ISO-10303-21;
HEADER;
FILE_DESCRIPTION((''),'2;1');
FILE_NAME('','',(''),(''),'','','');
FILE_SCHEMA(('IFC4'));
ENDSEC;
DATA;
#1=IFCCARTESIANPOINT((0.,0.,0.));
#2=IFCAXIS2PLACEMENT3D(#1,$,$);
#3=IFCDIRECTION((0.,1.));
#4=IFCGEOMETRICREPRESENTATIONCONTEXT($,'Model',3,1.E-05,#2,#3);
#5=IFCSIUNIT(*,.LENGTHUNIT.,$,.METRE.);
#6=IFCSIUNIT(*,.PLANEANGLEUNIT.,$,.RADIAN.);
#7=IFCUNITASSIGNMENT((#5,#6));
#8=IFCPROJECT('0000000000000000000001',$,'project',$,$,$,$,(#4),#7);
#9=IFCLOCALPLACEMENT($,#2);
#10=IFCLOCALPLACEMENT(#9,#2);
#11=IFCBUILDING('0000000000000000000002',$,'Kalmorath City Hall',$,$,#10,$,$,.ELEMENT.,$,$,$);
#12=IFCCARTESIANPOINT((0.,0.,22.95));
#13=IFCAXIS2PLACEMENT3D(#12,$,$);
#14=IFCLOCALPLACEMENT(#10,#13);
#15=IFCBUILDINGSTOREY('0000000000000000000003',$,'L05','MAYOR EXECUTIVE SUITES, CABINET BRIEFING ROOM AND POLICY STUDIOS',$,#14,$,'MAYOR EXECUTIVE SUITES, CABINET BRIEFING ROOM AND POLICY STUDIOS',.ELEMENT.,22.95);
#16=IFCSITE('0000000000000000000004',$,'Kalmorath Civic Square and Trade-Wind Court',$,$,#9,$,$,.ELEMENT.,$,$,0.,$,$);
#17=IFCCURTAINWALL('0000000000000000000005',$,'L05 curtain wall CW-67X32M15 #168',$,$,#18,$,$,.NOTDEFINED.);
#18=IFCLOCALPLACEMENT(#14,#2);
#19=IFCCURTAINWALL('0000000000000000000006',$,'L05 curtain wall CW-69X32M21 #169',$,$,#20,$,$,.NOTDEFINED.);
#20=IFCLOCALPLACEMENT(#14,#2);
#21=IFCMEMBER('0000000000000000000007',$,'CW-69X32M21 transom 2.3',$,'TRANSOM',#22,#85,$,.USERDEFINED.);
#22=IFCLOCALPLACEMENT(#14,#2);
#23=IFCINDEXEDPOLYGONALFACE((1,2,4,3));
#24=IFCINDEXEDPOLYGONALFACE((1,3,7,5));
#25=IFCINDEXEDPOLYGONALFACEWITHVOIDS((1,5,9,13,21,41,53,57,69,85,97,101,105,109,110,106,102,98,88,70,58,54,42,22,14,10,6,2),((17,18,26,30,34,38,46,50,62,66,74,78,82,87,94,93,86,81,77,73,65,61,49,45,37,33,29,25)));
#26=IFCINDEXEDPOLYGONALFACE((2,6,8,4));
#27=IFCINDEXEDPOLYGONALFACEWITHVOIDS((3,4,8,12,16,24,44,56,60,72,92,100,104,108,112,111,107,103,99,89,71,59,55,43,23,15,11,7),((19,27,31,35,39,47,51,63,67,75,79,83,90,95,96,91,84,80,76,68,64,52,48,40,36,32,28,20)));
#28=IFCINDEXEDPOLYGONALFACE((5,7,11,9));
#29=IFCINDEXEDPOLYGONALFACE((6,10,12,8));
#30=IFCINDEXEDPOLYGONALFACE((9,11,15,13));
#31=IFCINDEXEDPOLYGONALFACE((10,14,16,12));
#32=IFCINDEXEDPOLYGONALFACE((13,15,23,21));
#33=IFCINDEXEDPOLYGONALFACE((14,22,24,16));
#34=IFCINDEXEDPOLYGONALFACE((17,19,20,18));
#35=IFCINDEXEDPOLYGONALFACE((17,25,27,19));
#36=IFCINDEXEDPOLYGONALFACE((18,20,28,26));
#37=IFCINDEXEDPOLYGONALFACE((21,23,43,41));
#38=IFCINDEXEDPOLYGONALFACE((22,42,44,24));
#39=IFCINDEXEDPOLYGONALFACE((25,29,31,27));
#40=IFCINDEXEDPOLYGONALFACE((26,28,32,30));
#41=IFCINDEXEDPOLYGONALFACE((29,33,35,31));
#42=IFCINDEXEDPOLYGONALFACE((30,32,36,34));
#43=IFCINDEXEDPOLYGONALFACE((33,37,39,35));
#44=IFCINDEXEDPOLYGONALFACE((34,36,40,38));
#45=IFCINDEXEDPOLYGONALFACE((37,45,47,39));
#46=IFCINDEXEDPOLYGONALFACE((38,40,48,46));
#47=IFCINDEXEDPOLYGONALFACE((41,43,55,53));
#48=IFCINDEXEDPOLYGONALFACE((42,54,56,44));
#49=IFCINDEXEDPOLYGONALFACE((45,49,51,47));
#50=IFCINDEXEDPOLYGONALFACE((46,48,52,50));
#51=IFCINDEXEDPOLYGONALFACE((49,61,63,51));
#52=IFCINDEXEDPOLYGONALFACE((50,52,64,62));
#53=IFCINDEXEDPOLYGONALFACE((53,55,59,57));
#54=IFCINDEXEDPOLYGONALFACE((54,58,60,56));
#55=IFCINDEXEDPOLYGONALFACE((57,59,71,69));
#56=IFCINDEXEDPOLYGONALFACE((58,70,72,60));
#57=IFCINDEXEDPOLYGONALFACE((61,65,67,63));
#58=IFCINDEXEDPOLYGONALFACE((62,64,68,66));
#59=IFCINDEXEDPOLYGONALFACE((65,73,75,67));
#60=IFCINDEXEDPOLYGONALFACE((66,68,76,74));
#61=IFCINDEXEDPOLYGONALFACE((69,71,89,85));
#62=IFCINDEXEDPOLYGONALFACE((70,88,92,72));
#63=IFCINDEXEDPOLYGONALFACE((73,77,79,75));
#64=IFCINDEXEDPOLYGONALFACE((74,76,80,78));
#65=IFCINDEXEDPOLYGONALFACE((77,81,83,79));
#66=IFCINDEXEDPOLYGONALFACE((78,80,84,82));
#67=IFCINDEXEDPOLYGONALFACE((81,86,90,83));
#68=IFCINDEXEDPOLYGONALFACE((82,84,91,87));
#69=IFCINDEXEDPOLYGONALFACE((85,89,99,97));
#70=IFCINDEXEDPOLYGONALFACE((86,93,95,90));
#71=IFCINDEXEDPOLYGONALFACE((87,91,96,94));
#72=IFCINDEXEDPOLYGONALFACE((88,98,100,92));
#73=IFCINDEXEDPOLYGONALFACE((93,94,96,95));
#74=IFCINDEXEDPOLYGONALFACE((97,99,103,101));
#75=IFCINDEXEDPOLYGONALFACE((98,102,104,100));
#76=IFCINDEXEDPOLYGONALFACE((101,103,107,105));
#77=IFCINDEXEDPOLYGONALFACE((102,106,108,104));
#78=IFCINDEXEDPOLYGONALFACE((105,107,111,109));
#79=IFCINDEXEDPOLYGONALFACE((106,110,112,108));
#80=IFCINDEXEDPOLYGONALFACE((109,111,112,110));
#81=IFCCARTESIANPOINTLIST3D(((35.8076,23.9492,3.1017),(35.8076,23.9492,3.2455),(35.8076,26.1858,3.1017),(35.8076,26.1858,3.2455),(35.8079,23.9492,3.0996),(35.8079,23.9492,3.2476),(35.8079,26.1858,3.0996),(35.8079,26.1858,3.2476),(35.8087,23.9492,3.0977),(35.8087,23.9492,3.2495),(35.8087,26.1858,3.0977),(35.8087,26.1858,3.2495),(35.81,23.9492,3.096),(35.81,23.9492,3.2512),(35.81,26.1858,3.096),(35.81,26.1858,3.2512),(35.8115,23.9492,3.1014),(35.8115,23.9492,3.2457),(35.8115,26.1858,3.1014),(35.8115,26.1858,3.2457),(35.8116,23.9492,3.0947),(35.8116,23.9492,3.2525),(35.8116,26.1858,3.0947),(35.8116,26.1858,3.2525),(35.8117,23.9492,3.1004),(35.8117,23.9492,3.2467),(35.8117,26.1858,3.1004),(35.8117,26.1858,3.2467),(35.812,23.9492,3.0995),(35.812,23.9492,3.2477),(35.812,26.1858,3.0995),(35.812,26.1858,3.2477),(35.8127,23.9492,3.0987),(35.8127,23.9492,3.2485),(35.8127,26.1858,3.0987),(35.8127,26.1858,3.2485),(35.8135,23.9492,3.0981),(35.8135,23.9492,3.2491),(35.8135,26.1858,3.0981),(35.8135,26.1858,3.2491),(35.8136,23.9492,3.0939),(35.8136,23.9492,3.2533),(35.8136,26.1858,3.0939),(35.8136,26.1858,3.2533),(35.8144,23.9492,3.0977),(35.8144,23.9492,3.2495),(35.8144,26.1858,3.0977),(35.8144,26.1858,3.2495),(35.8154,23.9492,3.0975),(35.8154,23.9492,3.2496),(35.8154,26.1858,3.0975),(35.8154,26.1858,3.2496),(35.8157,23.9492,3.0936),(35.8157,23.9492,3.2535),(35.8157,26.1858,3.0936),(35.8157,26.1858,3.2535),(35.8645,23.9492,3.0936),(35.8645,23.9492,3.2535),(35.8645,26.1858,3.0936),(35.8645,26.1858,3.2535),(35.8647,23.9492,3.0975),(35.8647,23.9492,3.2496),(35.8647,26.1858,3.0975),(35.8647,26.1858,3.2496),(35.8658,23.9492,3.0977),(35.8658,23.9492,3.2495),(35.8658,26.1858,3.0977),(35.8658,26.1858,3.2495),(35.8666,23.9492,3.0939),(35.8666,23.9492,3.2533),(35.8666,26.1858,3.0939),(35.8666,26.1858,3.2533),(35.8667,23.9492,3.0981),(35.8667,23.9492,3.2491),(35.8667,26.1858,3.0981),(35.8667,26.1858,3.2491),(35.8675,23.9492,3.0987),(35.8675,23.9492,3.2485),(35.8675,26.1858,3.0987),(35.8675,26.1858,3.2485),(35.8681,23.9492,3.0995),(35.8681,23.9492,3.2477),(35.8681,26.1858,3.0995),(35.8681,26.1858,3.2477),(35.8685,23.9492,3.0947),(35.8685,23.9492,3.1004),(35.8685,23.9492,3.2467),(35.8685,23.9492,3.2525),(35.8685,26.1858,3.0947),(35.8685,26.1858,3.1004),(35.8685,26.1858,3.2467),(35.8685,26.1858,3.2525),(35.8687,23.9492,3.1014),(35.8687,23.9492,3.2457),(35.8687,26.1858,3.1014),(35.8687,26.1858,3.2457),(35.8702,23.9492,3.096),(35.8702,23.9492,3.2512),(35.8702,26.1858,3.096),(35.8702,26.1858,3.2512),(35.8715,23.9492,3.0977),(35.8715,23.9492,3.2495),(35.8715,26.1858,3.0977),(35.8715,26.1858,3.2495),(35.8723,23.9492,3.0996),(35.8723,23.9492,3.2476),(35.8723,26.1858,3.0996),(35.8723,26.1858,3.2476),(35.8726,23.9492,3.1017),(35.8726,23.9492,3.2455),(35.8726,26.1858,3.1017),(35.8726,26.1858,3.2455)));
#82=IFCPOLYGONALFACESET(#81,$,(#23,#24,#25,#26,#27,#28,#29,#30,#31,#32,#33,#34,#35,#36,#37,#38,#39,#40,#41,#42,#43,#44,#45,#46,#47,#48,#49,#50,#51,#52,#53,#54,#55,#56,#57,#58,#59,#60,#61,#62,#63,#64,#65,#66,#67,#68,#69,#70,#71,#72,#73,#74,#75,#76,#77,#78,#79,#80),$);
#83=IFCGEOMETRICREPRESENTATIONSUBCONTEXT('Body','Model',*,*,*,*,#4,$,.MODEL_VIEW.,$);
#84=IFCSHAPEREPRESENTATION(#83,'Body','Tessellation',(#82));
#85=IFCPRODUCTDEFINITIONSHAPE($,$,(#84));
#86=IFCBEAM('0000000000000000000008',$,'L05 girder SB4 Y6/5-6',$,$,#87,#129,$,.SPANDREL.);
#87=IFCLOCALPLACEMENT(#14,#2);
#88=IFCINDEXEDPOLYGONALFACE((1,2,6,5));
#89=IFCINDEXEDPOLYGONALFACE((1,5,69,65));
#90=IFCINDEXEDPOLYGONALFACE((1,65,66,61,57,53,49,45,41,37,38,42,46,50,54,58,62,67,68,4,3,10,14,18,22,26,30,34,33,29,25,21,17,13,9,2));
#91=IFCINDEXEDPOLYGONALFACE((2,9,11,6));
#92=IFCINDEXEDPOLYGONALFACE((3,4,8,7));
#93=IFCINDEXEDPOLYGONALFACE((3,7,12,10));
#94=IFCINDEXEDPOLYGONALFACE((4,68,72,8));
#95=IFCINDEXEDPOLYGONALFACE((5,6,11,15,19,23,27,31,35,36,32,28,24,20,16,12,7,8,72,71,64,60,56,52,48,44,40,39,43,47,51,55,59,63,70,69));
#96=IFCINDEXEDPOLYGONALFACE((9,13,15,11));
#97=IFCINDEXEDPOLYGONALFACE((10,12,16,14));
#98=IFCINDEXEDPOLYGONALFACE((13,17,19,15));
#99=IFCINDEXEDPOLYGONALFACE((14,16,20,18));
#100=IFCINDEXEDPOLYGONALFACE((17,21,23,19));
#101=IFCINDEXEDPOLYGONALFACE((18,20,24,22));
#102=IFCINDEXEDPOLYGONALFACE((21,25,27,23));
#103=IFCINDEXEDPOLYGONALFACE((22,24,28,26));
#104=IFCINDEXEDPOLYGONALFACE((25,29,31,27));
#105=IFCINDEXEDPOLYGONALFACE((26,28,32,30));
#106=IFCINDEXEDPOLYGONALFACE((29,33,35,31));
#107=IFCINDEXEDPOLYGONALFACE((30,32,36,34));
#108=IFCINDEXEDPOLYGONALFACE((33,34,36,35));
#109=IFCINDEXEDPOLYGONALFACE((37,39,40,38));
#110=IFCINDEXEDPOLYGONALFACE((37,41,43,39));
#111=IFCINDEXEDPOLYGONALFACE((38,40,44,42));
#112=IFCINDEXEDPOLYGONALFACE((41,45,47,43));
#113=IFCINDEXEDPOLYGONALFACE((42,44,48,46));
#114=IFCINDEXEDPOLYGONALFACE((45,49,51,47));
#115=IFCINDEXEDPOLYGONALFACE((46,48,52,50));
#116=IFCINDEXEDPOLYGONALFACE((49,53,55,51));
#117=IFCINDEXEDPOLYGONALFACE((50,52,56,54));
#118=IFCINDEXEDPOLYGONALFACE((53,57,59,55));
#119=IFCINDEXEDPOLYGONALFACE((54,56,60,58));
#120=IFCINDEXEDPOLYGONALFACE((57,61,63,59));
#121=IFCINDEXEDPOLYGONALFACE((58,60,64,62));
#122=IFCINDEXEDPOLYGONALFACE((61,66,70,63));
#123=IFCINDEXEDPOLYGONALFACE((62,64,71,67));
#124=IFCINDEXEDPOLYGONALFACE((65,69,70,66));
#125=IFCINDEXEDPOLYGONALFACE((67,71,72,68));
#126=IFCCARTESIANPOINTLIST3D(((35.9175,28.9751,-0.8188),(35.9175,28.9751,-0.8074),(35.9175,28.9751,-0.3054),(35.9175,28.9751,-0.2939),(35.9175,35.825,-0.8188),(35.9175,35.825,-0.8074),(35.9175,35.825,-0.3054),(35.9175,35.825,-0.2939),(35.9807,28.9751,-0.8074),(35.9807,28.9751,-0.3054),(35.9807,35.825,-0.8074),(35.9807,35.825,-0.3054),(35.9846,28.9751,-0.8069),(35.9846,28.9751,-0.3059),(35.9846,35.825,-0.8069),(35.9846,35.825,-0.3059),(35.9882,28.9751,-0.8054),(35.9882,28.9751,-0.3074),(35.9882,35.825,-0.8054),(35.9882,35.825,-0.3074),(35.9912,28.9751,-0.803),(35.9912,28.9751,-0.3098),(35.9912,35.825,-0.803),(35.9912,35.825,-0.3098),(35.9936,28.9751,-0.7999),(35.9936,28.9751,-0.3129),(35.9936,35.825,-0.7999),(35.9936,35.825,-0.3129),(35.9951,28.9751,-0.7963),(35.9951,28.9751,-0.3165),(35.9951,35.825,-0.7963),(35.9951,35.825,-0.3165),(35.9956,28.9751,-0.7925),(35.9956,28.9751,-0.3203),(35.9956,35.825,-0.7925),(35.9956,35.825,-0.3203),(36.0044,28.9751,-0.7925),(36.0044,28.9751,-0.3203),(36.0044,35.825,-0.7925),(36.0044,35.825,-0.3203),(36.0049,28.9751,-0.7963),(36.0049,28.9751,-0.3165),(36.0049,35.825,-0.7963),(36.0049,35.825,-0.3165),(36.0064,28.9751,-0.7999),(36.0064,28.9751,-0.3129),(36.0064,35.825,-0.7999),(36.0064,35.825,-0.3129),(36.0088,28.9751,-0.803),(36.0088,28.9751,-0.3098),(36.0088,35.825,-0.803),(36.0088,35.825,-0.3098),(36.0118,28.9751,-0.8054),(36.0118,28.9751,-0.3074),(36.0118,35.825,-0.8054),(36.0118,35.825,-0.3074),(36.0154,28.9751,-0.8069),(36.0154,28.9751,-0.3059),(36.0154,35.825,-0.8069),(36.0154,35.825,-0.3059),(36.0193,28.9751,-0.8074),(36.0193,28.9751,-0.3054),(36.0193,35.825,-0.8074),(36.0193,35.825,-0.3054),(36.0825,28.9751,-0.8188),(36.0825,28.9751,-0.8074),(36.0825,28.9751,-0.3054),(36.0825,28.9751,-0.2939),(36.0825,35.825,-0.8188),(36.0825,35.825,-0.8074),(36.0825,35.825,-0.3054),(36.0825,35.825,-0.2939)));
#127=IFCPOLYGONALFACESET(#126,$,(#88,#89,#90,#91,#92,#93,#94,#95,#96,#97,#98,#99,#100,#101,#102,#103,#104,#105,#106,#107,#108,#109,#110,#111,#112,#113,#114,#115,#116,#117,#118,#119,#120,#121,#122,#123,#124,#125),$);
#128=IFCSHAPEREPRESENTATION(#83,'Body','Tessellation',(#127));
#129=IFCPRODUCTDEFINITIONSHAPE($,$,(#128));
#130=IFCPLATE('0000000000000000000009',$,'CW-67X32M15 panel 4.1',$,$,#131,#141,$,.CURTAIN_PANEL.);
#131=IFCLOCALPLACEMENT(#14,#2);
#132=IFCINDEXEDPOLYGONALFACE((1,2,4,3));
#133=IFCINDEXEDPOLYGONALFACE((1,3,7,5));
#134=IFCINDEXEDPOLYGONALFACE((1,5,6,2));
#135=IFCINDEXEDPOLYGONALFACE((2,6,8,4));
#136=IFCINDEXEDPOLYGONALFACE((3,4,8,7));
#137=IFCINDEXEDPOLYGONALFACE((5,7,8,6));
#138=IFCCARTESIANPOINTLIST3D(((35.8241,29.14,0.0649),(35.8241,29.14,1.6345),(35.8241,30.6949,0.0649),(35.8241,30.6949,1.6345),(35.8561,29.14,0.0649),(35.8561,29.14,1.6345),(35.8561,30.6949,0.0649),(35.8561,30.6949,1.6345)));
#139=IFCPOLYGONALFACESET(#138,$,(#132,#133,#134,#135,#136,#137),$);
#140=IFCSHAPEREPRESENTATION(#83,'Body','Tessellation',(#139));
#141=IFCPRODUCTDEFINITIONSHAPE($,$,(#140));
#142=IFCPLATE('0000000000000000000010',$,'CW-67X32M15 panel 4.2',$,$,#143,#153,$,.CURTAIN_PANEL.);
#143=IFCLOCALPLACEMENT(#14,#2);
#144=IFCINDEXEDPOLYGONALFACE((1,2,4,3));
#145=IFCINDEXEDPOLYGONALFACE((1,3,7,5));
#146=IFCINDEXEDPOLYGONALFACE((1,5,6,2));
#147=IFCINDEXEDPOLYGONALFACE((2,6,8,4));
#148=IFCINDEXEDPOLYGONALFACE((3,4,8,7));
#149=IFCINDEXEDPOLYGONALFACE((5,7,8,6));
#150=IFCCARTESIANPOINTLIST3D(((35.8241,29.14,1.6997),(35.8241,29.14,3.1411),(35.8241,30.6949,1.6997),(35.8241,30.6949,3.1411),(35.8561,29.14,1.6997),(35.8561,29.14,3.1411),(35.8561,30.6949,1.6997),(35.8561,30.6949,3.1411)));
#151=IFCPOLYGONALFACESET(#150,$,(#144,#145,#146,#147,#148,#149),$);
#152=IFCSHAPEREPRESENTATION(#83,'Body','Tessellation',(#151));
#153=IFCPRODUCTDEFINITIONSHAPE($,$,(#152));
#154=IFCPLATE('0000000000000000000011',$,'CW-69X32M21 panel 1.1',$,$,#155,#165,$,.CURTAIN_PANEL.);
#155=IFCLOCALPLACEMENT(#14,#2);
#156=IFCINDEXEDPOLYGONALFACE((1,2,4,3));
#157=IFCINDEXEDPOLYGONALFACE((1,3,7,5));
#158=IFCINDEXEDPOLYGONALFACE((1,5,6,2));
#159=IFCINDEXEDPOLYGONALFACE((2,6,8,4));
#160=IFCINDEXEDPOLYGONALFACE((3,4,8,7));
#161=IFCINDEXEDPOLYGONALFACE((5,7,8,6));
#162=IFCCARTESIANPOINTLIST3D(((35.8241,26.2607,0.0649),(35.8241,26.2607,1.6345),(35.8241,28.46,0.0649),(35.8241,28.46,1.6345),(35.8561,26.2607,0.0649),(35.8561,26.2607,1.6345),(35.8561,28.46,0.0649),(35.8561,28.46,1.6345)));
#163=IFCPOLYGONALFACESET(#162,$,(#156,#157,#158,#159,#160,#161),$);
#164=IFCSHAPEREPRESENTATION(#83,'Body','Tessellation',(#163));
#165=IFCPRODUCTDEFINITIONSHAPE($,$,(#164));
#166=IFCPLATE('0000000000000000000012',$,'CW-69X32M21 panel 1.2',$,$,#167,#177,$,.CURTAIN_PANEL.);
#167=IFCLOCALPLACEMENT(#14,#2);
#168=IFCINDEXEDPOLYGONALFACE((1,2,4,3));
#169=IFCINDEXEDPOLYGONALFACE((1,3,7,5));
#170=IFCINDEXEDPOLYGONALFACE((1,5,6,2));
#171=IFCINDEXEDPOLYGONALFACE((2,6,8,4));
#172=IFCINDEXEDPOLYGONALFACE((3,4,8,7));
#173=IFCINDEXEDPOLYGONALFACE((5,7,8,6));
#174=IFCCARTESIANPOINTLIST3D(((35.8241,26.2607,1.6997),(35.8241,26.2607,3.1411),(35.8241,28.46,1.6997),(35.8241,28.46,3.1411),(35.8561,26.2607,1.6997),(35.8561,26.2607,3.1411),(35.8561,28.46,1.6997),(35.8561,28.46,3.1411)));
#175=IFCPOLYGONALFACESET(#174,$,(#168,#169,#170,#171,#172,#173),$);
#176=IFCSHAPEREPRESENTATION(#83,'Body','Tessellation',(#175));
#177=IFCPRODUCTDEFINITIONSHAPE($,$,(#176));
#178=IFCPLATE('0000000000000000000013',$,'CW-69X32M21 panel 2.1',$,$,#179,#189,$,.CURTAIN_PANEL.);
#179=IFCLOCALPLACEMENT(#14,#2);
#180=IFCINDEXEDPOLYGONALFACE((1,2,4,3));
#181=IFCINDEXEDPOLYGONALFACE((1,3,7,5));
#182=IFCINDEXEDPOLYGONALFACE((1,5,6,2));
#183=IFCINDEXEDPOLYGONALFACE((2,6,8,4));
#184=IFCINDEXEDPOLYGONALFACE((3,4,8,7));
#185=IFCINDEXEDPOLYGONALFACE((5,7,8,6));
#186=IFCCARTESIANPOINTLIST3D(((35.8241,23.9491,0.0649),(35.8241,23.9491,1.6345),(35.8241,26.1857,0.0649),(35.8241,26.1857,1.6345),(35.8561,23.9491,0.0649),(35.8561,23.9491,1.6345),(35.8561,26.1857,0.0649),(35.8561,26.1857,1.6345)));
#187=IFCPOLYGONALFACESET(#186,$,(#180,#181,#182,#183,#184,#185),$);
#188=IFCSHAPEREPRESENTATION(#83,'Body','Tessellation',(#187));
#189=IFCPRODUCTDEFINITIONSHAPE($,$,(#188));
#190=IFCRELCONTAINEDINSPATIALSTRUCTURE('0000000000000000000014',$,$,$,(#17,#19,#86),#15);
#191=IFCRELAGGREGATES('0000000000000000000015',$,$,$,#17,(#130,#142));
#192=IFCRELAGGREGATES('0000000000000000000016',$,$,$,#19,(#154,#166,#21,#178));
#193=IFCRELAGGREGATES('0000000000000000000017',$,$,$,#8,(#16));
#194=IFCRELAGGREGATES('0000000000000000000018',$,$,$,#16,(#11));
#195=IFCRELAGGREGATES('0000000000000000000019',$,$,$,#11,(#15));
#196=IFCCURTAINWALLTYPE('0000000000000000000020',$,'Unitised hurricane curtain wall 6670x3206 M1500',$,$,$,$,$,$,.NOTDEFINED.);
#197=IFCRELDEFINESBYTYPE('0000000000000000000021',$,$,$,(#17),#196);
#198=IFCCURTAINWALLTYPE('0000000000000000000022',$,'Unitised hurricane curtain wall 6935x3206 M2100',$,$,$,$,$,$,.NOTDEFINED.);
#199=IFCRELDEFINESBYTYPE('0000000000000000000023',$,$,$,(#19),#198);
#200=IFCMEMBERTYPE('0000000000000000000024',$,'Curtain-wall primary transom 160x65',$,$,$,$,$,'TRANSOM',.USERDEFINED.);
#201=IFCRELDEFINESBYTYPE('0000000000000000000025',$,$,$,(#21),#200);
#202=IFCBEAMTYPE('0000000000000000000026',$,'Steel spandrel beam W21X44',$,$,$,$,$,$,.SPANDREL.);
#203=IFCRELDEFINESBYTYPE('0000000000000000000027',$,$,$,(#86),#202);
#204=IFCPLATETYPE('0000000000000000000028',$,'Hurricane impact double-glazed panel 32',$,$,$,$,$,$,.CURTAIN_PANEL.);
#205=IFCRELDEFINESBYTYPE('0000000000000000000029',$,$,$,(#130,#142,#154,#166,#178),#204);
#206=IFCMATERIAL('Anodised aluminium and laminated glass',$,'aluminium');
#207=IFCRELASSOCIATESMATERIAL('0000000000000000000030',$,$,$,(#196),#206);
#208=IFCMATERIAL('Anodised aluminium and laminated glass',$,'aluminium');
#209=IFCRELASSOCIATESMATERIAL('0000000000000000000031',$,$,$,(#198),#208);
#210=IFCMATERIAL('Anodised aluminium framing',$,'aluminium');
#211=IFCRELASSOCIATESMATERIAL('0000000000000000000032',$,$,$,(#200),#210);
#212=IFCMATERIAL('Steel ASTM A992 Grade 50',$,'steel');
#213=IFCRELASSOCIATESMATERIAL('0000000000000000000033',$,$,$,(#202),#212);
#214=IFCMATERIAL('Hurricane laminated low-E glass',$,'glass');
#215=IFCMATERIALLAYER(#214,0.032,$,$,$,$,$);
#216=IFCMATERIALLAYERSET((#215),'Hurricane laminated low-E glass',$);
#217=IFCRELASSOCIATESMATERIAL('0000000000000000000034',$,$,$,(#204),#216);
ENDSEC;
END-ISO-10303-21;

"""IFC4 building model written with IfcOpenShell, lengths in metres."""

from ifc_helpers import new_model, si_unit, direction, frame, origin, origin_2d, place, context, subcontext, project, spatial, rectangle, hollow_rectangle, i_section, extrude, material, layer, layer_set, material_profile, profile_set, type_object, element, aggregate, save


model = new_model("IFC4")

# Units and contexts
model_context = context("Model", 3, precision=1e-05, world=origin(), true_north=direction((0.0, 1.0)))
body_context = subcontext(model_context, "Body", "Model", "MODEL_VIEW")
ifc_project = project(units=[si_unit("LENGTHUNIT", "METRE"), si_unit("PLANEANGLEUNIT", "RADIAN")], contexts=[model_context])

# Site, building, storey
site_placement = place(None, origin())
site = spatial("IfcSite", under=ifc_project, at=site_placement, Name="Kalmorath Civic Square and Trade-Wind Court", CompositionType="ELEMENT", RefElevation=0.0)
building_placement = place(site_placement, origin())
building = spatial("IfcBuilding", under=site, at=building_placement, Name="Kalmorath City Hall", CompositionType="ELEMENT")
storey_placement = place(building_placement, frame((0.0, 0.0, 22.95)))
storey = spatial("IfcBuildingStorey", under=building, at=storey_placement, Name="L05", Description="MAYOR EXECUTIVE SUITES, CABINET BRIEFING ROOM AND POLICY STUDIOS", LongName="MAYOR EXECUTIVE SUITES, CABINET BRIEFING ROOM AND POLICY STUDIOS", CompositionType="ELEMENT", Elevation=22.95)

# Curtain wall
ifc_material_1 = material(Name="Anodised aluminium and laminated glass", Category="aluminium")
curtain_wall_type_1 = type_object("IfcCurtainWallType", Name="Unitised hurricane curtain wall 6670x3206 M1500", PredefinedType="NOTDEFINED", material=ifc_material_1)
curtain_wall_1_placement = place(storey_placement, origin())
curtain_wall_1 = element("IfcCurtainWall", 1, at=curtain_wall_1_placement, inside=storey, type_object=curtain_wall_type_1, Name="L05 curtain wall CW-67X32M15 #168", PredefinedType="NOTDEFINED")

# Curtain wall
ifc_material_2 = material(Name="Anodised aluminium and laminated glass", Category="aluminium")
curtain_wall_type_2 = type_object("IfcCurtainWallType", Name="Unitised hurricane curtain wall 6935x3206 M2100", PredefinedType="NOTDEFINED", material=ifc_material_2)
curtain_wall_2_placement = place(storey_placement, origin())
curtain_wall_2 = element("IfcCurtainWall", 2, at=curtain_wall_2_placement, inside=storey, type_object=curtain_wall_type_2, Name="L05 curtain wall CW-69X32M21 #169", PredefinedType="NOTDEFINED")

# Member
ifc_material_3 = material(Name="Anodised aluminium framing", Category="aluminium")
ifc_material_profile_1 = material_profile(ifc_material_3, hollow_rectangle(XDim=0.0649, YDim=0.1599, WallThickness=0.0039, InnerFilletRadius=0.0039, OuterFilletRadius=0.0081, at=origin_2d()), Name="ALU-TRN-160X65X4")
ifc_profile_set_1 = profile_set([ifc_material_profile_1], Name="Anodised aluminium framing")
member_type_1 = type_object("IfcMemberType", Name="Curtain-wall primary transom 160x65", ElementType="TRANSOM", PredefinedType="USERDEFINED", material=ifc_profile_set_1)
member_1_placement = place(storey_placement, frame((35.8401, 26.1858, 3.1736), z_axis=(0.0, -1.0, 0.0), x_axis=(1.0, 0.0, 0.0)))
member_1 = element("IfcMember", 3, at=member_1_placement, type_object=member_type_1, Name="CW-69X32M21 transom 2.3", ObjectType="TRANSOM", PredefinedType="USERDEFINED", context=body_context, shape_type="SweptSolid", body=[
    extrude(hollow_rectangle(XDim=0.0649, YDim=0.1599, WallThickness=0.0039, InnerFilletRadius=0.0039, OuterFilletRadius=0.0081, at=origin_2d()), origin(), (0.0, 0.0, 1.0), 2.2366),
])

# Beam
ifc_material_4 = material(Name="Steel ASTM A992 Grade 50", Category="steel")
ifc_material_profile_2 = material_profile(ifc_material_4, i_section(OverallWidth=0.165, OverallDepth=0.5249, WebThickness=0.0088, FlangeThickness=0.0115, FilletRadius=0.0149, at=origin_2d()), Name="W21X44")
ifc_profile_set_2 = profile_set([ifc_material_profile_2], Name="Steel ASTM A992 Grade 50")
beam_type = type_object("IfcBeamType", Name="Steel spandrel beam W21X44", PredefinedType="SPANDREL", material=ifc_profile_set_2)
beam_placement = place(storey_placement, frame((36.0, 28.9751, -0.5564), z_axis=(0.0, 1.0, 0.0), x_axis=(-1.0, 0.0, 0.0)))
element("IfcBeam", 4, at=beam_placement, inside=storey, type_object=beam_type, Name="L05 girder SB4 Y6/5-6", PredefinedType="SPANDREL", context=body_context, shape_type="SweptSolid", body=[
    extrude(i_section(OverallWidth=0.165, OverallDepth=0.5249, WebThickness=0.0088, FlangeThickness=0.0115, FilletRadius=0.0149, at=origin_2d()), origin(), (0.0, 0.0, 1.0), 6.8499),
])

# Plates
ifc_material_5 = material(Name="Hurricane laminated low-E glass", Category="glass")
ifc_layer = layer(ifc_material_5, 0.032)
ifc_layer_set = layer_set([ifc_layer], Name="Hurricane laminated low-E glass")
plate_type = type_object("IfcPlateType", Name="Hurricane impact double-glazed panel 32", PredefinedType="CURTAIN_PANEL", material=ifc_layer_set)
plate_1_placement = place(storey_placement, frame((35.8401, 29.9175, 0.0649), z_axis=(0.0, 0.0, 1.0), x_axis=(0.0, -1.0, 0.0)))
plate_1 = element("IfcPlate", 5, at=plate_1_placement, type_object=plate_type, Name="CW-67X32M15 panel 4.1", PredefinedType="CURTAIN_PANEL", context=body_context, shape_type="SweptSolid", body=[
    extrude(rectangle(XDim=1.5549, YDim=0.032, at=origin_2d()), origin(), (0.0, 0.0, 1.0), 1.5696),
])
plate_2_placement = place(storey_placement, frame((35.8401, 29.9175, 1.6997), z_axis=(0.0, 0.0, 1.0), x_axis=(0.0, -1.0, 0.0)))
plate_2 = element("IfcPlate", 6, at=plate_2_placement, type_object=plate_type, Name="CW-67X32M15 panel 4.2", PredefinedType="CURTAIN_PANEL", context=body_context, shape_type="SweptSolid", body=[
    extrude(rectangle(XDim=1.5549, YDim=0.032, at=origin_2d()), origin(), (0.0, 0.0, 1.0), 1.4414),
])
aggregate(curtain_wall_1, [plate_1, plate_2])
plate_3_placement = place(storey_placement, frame((35.8401, 27.3604, 0.0649), z_axis=(0.0, 0.0, 1.0), x_axis=(0.0, -1.0, 0.0)))
plate_3 = element("IfcPlate", 7, at=plate_3_placement, type_object=plate_type, Name="CW-69X32M21 panel 1.1", PredefinedType="CURTAIN_PANEL", context=body_context, shape_type="SweptSolid", body=[
    extrude(rectangle(XDim=2.1992, YDim=0.032, at=origin_2d()), origin(), (0.0, 0.0, 1.0), 1.5696),
])
plate_4_placement = place(storey_placement, frame((35.8401, 27.3604, 1.6997), z_axis=(0.0, 0.0, 1.0), x_axis=(0.0, -1.0, 0.0)))
plate_4 = element("IfcPlate", 8, at=plate_4_placement, type_object=plate_type, Name="CW-69X32M21 panel 1.2", PredefinedType="CURTAIN_PANEL", context=body_context, shape_type="SweptSolid", body=[
    extrude(rectangle(XDim=2.1992, YDim=0.032, at=origin_2d()), origin(), (0.0, 0.0, 1.0), 1.4414),
])
plate_5_placement = place(storey_placement, frame((35.8401, 25.0674, 0.0649), z_axis=(0.0, 0.0, 1.0), x_axis=(0.0, -1.0, 0.0)))
plate_5 = element("IfcPlate", 9, at=plate_5_placement, type_object=plate_type, Name="CW-69X32M21 panel 2.1", PredefinedType="CURTAIN_PANEL", context=body_context, shape_type="SweptSolid", body=[
    extrude(rectangle(XDim=2.2366, YDim=0.032, at=origin_2d()), origin(), (0.0, 0.0, 1.0), 1.5696),
])
aggregate(curtain_wall_2, [plate_3, plate_4, member_1, plate_5])

save(model, "model.ifc")
